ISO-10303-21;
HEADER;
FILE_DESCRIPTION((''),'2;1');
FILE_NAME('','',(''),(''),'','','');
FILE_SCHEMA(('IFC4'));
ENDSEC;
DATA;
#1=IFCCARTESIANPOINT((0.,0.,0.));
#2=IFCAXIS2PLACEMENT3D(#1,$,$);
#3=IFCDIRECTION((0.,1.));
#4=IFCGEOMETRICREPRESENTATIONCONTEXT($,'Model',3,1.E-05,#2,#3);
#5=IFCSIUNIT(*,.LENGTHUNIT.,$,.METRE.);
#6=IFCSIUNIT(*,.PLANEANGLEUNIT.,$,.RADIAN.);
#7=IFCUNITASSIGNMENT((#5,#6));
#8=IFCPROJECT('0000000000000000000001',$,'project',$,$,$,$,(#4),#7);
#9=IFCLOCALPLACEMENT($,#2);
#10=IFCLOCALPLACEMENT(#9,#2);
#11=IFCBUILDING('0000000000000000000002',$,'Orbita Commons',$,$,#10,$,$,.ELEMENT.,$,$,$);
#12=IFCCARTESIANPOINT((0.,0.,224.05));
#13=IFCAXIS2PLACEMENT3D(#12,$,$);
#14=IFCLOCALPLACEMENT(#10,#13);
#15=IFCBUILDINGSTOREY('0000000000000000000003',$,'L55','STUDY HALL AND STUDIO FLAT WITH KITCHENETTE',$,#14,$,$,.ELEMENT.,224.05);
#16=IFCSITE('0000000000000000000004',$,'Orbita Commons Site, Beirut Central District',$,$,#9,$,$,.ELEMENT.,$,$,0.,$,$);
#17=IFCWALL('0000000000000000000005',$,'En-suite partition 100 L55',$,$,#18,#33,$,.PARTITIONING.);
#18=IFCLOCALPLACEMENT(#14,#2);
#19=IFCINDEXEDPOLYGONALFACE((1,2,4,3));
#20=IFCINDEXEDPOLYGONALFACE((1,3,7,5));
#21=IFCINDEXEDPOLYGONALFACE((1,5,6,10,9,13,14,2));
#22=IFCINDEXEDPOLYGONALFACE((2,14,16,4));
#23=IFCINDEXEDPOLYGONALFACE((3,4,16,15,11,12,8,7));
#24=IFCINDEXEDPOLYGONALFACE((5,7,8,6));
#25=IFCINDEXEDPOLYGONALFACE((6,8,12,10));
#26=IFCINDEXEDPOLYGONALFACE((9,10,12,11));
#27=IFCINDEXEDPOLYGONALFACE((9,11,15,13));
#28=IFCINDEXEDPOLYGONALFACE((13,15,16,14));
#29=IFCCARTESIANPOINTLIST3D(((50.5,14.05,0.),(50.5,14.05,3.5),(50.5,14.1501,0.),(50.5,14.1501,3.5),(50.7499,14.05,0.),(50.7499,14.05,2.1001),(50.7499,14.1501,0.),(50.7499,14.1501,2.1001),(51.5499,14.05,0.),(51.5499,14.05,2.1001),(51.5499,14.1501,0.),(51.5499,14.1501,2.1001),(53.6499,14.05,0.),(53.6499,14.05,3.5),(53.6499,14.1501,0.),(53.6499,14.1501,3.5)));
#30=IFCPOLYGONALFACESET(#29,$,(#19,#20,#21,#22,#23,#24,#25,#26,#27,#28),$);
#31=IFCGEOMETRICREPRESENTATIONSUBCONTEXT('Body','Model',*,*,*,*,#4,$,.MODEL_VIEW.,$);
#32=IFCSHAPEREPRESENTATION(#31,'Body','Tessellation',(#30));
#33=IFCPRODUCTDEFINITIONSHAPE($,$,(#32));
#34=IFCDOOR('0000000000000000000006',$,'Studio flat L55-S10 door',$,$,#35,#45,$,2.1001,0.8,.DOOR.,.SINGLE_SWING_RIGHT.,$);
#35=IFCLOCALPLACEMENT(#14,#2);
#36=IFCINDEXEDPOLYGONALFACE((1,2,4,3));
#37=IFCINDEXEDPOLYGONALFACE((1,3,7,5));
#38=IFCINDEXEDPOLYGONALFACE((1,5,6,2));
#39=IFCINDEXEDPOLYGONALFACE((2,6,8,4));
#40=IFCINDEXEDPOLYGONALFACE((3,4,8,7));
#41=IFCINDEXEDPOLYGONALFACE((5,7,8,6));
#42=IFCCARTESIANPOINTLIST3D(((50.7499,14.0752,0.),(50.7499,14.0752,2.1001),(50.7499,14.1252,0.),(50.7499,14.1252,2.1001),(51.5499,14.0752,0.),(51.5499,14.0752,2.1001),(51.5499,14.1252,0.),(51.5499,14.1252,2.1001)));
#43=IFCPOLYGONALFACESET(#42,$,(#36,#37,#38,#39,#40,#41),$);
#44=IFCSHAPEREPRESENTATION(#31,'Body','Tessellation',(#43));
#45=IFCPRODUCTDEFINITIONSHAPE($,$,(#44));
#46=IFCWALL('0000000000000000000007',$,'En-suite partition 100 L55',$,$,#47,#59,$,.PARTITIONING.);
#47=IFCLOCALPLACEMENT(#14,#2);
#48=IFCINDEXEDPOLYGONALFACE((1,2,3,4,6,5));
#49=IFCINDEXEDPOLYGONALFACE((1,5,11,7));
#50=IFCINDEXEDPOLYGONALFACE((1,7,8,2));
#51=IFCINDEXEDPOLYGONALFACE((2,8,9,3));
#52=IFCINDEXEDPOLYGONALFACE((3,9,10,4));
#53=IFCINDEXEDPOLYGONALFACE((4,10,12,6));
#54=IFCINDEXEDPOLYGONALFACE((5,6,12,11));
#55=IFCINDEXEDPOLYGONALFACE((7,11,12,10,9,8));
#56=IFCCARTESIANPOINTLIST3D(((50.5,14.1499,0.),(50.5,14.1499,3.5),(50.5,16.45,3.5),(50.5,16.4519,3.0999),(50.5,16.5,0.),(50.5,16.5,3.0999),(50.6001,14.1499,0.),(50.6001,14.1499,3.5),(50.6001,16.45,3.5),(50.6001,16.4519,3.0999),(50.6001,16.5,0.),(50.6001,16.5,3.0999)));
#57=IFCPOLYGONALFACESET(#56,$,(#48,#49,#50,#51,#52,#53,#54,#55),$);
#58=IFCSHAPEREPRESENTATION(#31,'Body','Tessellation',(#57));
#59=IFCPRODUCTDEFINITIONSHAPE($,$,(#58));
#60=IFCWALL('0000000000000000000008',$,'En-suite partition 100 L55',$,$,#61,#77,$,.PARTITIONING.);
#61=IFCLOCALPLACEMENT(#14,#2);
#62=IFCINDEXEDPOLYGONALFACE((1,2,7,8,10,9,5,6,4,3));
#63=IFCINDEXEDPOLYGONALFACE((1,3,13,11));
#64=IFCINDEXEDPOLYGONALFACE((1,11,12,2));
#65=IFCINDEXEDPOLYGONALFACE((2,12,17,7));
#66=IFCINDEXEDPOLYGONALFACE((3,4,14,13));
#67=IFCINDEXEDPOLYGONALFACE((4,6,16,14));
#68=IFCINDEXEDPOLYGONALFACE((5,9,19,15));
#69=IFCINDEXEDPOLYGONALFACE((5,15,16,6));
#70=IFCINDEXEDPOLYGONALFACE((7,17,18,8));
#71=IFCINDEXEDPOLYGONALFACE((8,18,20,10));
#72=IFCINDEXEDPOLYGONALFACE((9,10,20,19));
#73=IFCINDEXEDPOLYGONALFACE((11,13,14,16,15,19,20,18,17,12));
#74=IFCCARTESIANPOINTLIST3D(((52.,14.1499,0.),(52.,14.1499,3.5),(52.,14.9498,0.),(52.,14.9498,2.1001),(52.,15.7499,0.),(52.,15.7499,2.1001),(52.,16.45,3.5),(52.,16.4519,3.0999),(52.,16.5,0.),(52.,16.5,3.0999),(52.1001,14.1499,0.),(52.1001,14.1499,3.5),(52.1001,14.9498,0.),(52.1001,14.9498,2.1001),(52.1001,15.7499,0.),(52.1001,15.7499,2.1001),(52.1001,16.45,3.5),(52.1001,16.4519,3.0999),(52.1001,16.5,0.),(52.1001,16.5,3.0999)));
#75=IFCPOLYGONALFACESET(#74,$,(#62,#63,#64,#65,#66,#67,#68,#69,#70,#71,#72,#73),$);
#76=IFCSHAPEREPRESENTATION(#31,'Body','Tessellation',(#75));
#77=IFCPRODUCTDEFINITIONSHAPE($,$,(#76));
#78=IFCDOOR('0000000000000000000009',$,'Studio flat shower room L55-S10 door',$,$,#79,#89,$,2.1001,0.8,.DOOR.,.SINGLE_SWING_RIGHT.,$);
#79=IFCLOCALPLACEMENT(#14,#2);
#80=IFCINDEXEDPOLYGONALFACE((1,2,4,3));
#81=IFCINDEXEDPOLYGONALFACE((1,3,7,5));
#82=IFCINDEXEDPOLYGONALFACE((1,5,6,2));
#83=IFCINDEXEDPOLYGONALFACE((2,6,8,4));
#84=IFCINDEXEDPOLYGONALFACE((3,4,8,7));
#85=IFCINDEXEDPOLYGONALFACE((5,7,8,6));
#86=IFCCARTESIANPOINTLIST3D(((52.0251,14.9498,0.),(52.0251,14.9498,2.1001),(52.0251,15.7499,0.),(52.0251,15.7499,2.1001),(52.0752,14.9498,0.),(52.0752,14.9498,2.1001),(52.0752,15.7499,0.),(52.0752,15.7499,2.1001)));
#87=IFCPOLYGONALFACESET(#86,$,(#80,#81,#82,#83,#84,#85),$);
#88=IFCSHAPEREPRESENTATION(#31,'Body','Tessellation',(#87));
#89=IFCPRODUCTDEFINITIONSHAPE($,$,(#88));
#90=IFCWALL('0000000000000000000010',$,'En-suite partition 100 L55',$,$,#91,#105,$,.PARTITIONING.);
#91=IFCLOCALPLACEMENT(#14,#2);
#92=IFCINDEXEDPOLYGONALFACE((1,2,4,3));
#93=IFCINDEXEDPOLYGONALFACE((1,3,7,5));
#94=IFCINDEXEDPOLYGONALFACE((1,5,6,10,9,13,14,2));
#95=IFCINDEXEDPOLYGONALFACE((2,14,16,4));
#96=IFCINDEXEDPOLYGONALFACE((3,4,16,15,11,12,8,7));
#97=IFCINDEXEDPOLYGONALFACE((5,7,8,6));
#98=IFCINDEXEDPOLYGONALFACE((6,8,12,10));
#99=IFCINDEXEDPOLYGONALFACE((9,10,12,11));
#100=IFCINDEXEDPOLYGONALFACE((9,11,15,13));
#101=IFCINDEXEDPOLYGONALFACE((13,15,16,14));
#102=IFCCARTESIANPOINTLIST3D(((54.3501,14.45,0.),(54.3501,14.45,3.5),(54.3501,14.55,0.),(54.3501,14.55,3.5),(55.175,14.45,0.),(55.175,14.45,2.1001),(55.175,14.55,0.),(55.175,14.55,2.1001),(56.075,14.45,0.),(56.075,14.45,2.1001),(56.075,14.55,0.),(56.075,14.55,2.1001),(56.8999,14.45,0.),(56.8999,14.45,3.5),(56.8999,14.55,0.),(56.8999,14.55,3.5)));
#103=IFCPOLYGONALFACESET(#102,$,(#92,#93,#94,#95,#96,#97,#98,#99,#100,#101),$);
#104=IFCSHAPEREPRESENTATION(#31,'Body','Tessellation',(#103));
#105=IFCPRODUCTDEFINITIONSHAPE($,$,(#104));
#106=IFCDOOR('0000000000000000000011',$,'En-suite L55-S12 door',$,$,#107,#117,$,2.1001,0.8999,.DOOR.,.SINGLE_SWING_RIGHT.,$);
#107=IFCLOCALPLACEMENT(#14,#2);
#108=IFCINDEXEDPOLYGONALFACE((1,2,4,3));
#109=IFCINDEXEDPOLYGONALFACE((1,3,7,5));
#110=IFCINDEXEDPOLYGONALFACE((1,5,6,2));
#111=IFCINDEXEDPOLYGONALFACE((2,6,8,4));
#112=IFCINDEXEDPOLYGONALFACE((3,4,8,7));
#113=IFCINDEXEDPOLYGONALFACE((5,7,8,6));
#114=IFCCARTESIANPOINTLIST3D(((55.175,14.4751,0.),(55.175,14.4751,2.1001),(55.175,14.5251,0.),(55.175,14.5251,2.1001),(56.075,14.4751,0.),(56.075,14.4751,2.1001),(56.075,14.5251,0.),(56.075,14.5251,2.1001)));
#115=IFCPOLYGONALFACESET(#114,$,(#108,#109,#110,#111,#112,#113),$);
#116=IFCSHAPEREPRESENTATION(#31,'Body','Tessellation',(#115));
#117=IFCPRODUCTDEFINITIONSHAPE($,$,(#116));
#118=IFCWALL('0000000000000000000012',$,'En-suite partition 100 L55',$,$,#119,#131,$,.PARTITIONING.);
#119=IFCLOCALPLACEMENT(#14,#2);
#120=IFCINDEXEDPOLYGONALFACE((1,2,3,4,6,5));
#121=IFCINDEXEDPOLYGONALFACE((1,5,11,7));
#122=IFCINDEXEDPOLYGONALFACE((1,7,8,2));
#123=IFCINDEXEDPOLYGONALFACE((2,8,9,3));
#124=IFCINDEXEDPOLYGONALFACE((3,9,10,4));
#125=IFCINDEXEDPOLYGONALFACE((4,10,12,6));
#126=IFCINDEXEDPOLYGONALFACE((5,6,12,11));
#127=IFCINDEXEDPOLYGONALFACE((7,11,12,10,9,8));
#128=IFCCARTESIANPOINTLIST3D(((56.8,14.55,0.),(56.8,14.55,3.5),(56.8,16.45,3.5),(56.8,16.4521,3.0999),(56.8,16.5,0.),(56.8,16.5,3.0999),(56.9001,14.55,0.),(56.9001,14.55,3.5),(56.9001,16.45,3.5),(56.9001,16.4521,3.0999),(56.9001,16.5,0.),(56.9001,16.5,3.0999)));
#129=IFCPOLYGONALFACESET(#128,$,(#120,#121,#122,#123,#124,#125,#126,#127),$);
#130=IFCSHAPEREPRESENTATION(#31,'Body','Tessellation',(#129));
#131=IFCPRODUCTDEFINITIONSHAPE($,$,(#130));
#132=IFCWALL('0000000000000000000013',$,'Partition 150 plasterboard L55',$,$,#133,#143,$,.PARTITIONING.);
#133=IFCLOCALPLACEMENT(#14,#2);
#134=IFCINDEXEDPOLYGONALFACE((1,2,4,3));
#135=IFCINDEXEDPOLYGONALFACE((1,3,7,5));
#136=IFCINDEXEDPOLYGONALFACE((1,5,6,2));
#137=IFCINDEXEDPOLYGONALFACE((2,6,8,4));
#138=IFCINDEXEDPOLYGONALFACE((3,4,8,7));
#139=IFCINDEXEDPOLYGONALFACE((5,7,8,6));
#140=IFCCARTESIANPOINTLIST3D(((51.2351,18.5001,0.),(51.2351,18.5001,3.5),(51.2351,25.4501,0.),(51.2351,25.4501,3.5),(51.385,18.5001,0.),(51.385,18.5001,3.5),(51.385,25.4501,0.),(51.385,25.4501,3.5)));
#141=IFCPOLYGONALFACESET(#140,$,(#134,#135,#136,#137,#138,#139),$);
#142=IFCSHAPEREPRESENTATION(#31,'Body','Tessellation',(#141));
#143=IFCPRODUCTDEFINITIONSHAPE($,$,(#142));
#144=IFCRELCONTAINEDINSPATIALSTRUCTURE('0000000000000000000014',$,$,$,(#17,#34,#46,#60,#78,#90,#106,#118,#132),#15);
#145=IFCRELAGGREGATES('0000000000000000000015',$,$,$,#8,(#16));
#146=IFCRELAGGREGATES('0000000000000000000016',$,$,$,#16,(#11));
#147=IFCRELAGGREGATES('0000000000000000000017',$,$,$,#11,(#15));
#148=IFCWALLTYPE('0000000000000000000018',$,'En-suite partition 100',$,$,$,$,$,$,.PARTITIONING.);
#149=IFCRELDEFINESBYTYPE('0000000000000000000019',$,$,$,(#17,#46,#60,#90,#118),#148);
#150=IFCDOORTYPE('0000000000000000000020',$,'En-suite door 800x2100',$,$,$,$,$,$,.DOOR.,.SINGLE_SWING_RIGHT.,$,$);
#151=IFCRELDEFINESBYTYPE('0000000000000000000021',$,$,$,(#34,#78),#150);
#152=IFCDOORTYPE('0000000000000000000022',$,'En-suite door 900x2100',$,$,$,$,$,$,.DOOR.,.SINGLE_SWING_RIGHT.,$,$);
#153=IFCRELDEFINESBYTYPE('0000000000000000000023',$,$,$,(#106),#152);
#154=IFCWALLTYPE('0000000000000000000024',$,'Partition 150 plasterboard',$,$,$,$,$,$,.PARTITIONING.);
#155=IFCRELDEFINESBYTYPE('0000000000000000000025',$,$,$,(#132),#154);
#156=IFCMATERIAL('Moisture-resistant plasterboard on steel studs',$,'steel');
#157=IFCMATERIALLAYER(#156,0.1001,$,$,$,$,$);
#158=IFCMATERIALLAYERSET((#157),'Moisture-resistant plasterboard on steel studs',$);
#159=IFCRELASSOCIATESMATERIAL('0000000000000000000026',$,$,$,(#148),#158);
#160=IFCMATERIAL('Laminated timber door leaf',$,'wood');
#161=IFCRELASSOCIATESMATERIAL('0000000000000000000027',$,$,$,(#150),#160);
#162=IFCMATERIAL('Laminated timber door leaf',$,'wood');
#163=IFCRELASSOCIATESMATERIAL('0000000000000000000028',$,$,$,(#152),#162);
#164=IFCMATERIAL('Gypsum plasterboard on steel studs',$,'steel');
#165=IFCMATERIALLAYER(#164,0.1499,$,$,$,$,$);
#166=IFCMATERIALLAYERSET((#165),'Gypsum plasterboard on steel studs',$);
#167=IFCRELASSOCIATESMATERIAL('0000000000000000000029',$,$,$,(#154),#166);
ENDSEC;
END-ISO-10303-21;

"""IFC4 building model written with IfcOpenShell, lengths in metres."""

from ifc_helpers import new_model, si_unit, direction, frame, frame_2d, origin, place, context, subcontext, project, spatial, polyline, rectangle, outline, extrude, material, layer, layer_set, type_object, element, fill, save


model = new_model("IFC4")

# Units and contexts
model_context = context("Model", 3, precision=1e-05, world=origin(), true_north=direction((0.0, 1.0)))
body_context = subcontext(model_context, "Body", "Model", "MODEL_VIEW")
ifc_project = project(units=[si_unit("LENGTHUNIT", "METRE"), si_unit("PLANEANGLEUNIT", "RADIAN")], contexts=[model_context])

# Site, building, storey
site_placement = place(None, origin())
site = spatial("IfcSite", under=ifc_project, at=site_placement, Name="Orbita Commons Site, Beirut Central District", CompositionType="ELEMENT", RefElevation=0.0)
building_placement = place(site_placement, origin())
building = spatial("IfcBuilding", under=site, at=building_placement, Name="Orbita Commons", CompositionType="ELEMENT")
storey_placement = place(building_placement, frame((0.0, 0.0, 224.05)))
storey = spatial("IfcBuildingStorey", under=building, at=storey_placement, Name="L55", Description="STUDY HALL AND STUDIO FLAT WITH KITCHENETTE", CompositionType="ELEMENT", Elevation=224.05)

# Wall, opening, door
ifc_material_1 = material(Name="Moisture-resistant plasterboard on steel studs", Category="steel")
ifc_layer_1 = layer(ifc_material_1, 0.1001)
ifc_layer_set_1 = layer_set([ifc_layer_1], Name="Moisture-resistant plasterboard on steel studs")
wall_type_1 = type_object("IfcWallType", Name="En-suite partition 100", PredefinedType="PARTITIONING", material=ifc_layer_set_1)
wall_1_placement = place(storey_placement, frame((53.6499, 14.1001, 0.0), z_axis=(0.0, 0.0, 1.0), x_axis=(-1.0, 0.0, 0.0)))
wall_1 = element("IfcWall", 1, at=wall_1_placement, inside=storey, type_object=wall_type_1, Name="En-suite partition 100 L55", PredefinedType="PARTITIONING", context=body_context, shape_type="SweptSolid", body=[
    extrude(rectangle(XDim=3.1499, YDim=0.1001, at=frame_2d((1.575, 0.0))), origin(), (0.0, 0.0, 1.0), 3.5),
])
opening_1_placement = place(wall_1_placement, frame((2.1001, 0.0, 0.0)))
opening_1 = element("IfcOpeningElement", 2, at=opening_1_placement, cuts=wall_1, PredefinedType="OPENING", context=body_context, shape_type="SweptSolid", body=[
    extrude(rectangle(XDim=0.8, YDim=2.1001, at=frame_2d((0.3999, 1.05))), frame((0.0, 0.0601, 0.0), z_axis=(0.0, -1.0, 0.0), x_axis=(1.0, 0.0, 0.0)), (0.0, 0.0, 1.0), 0.1201),
])
ifc_material_2 = material(Name="Laminated timber door leaf", Category="wood")
door_type_1 = type_object("IfcDoorType", Name="En-suite door 800x2100", OperationType="SINGLE_SWING_RIGHT", PredefinedType="DOOR", material=ifc_material_2)
door_1_placement = place(opening_1_placement, origin())
door_1 = element("IfcDoor", 3, at=door_1_placement, inside=storey, type_object=door_type_1, Name="Studio flat L55-S10 door", OperationType="SINGLE_SWING_RIGHT", OverallHeight=2.1001, OverallWidth=0.8, PredefinedType="DOOR", context=body_context, shape_type="SweptSolid", body=[
    extrude(rectangle(XDim=0.8, YDim=2.1001, at=frame_2d((0.3999, 1.05))), frame((0.0, 0.0249, 0.0), z_axis=(0.0, -1.0, 0.0), x_axis=(1.0, 0.0, 0.0)), (0.0, 0.0, 1.0), 0.05),
])
fill(opening_1, door_1)

# Wall
wall_2_placement = place(storey_placement, frame((50.55, 14.1499, 0.0), z_axis=(0.0, 0.0, 1.0), x_axis=(0.0, 1.0, 0.0)))
element("IfcWall", 4, at=wall_2_placement, inside=storey, type_object=wall_type_1, Name="En-suite partition 100 L55", PredefinedType="PARTITIONING", context=body_context, shape_type="SweptSolid", body=[
    extrude(outline(polyline([(0.0, 0.0), (2.3501, 0.0), (2.3501, 3.0999), (2.302, 3.0999), (2.3, 3.5), (0.0, 3.5), (0.0, 0.0)])), frame((0.0, 0.05, 0.0), z_axis=(0.0, -1.0, 0.0), x_axis=(1.0, 0.0, 0.0)), (0.0, 0.0, 1.0), 0.1001),
])

# Walls, openings, doors
wall_3_placement = place(storey_placement, frame((52.05, 14.1499, 0.0), z_axis=(0.0, 0.0, 1.0), x_axis=(0.0, 1.0, 0.0)))
wall_3 = element("IfcWall", 5, at=wall_3_placement, inside=storey, type_object=wall_type_1, Name="En-suite partition 100 L55", PredefinedType="PARTITIONING", context=body_context, shape_type="SweptSolid", body=[
    extrude(outline(polyline([(0.0, 0.0), (2.3501, 0.0), (2.3501, 3.0999), (2.302, 3.0999), (2.3, 3.5), (0.0, 3.5), (0.0, 0.0)])), frame((0.0, 0.05, 0.0), z_axis=(0.0, -1.0, 0.0), x_axis=(1.0, 0.0, 0.0)), (0.0, 0.0, 1.0), 0.1001),
])
opening_2_placement = place(wall_3_placement, frame((0.8, 0.0, 0.0)))
opening_2 = element("IfcOpeningElement", 6, at=opening_2_placement, cuts=wall_3, PredefinedType="OPENING", context=body_context, shape_type="SweptSolid", body=[
    extrude(rectangle(XDim=0.8, YDim=2.1001, at=frame_2d((0.3999, 1.05))), frame((0.0, 0.0601, 0.0), z_axis=(0.0, -1.0, 0.0), x_axis=(1.0, 0.0, 0.0)), (0.0, 0.0, 1.0), 0.1201),
])
door_2_placement = place(opening_2_placement, origin())
door_2 = element("IfcDoor", 7, at=door_2_placement, inside=storey, type_object=door_type_1, Name="Studio flat shower room L55-S10 door", OperationType="SINGLE_SWING_RIGHT", OverallHeight=2.1001, OverallWidth=0.8, PredefinedType="DOOR", context=body_context, shape_type="SweptSolid", body=[
    extrude(rectangle(XDim=0.8, YDim=2.1001, at=frame_2d((0.3999, 1.05))), frame((0.0, 0.0249, 0.0), z_axis=(0.0, -1.0, 0.0), x_axis=(1.0, 0.0, 0.0)), (0.0, 0.0, 1.0), 0.05),
])
fill(opening_2, door_2)
wall_4_placement = place(storey_placement, frame((56.8999, 14.5, 0.0), z_axis=(0.0, 0.0, 1.0), x_axis=(-1.0, 0.0, 0.0)))
wall_4 = element("IfcWall", 8, at=wall_4_placement, inside=storey, type_object=wall_type_1, Name="En-suite partition 100 L55", PredefinedType="PARTITIONING", context=body_context, shape_type="SweptSolid", body=[
    extrude(rectangle(XDim=2.5498, YDim=0.1001, at=frame_2d((1.2749, 0.0))), origin(), (0.0, 0.0, 1.0), 3.5),
])
opening_3_placement = place(wall_4_placement, frame((0.825, 0.0, 0.0)))
opening_3 = element("IfcOpeningElement", 9, at=opening_3_placement, cuts=wall_4, PredefinedType="OPENING", context=body_context, shape_type="SweptSolid", body=[
    extrude(rectangle(XDim=0.8999, YDim=2.1001, at=frame_2d((0.45, 1.05))), frame((0.0, 0.0601, 0.0), z_axis=(0.0, -1.0, 0.0), x_axis=(1.0, 0.0, 0.0)), (0.0, 0.0, 1.0), 0.1201),
])
ifc_material_3 = material(Name="Laminated timber door leaf", Category="wood")
door_type_2 = type_object("IfcDoorType", Name="En-suite door 900x2100", OperationType="SINGLE_SWING_RIGHT", PredefinedType="DOOR", material=ifc_material_3)
door_3_placement = place(opening_3_placement, origin())
door_3 = element("IfcDoor", 10, at=door_3_placement, inside=storey, type_object=door_type_2, Name="En-suite L55-S12 door", OperationType="SINGLE_SWING_RIGHT", OverallHeight=2.1001, OverallWidth=0.8999, PredefinedType="DOOR", context=body_context, shape_type="SweptSolid", body=[
    extrude(rectangle(XDim=0.8999, YDim=2.1001, at=frame_2d((0.45, 1.05))), frame((0.0, 0.0249, 0.0), z_axis=(0.0, -1.0, 0.0), x_axis=(1.0, 0.0, 0.0)), (0.0, 0.0, 1.0), 0.05),
])
fill(opening_3, door_3)

# Walls
wall_5_placement = place(storey_placement, frame((56.8501, 14.55, 0.0), z_axis=(0.0, 0.0, 1.0), x_axis=(0.0, 1.0, 0.0)))
element("IfcWall", 11, at=wall_5_placement, inside=storey, type_object=wall_type_1, Name="En-suite partition 100 L55", PredefinedType="PARTITIONING", context=body_context, shape_type="SweptSolid", body=[
    extrude(outline(polyline([(0.0, 0.0), (1.95, 0.0), (1.95, 3.0999), (1.9021, 3.0999), (1.8999, 3.5), (0.0, 3.5), (0.0, 0.0)])), frame((0.0, 0.05, 0.0), z_axis=(0.0, -1.0, 0.0), x_axis=(1.0, 0.0, 0.0)), (0.0, 0.0, 1.0), 0.1001),
])
ifc_material_4 = material(Name="Gypsum plasterboard on steel studs", Category="steel")
ifc_layer_2 = layer(ifc_material_4, 0.1499)
ifc_layer_set_2 = layer_set([ifc_layer_2], Name="Gypsum plasterboard on steel studs")
wall_type_2 = type_object("IfcWallType", Name="Partition 150 plasterboard", PredefinedType="PARTITIONING", material=ifc_layer_set_2)
wall_6_placement = place(storey_placement, frame((51.3101, 18.5, 0.0), z_axis=(0.0, 0.0, 1.0), x_axis=(0.0, 1.0, 0.0)))
element("IfcWall", 12, at=wall_6_placement, inside=storey, type_object=wall_type_2, Name="Partition 150 plasterboard L55", PredefinedType="PARTITIONING", context=body_context, shape_type="SweptSolid", body=[
    extrude(rectangle(XDim=6.95, YDim=0.1499, at=frame_2d((3.4751, 0.0))), origin(), (0.0, 0.0, 1.0), 3.5),
])

save(model, "model.ifc")
